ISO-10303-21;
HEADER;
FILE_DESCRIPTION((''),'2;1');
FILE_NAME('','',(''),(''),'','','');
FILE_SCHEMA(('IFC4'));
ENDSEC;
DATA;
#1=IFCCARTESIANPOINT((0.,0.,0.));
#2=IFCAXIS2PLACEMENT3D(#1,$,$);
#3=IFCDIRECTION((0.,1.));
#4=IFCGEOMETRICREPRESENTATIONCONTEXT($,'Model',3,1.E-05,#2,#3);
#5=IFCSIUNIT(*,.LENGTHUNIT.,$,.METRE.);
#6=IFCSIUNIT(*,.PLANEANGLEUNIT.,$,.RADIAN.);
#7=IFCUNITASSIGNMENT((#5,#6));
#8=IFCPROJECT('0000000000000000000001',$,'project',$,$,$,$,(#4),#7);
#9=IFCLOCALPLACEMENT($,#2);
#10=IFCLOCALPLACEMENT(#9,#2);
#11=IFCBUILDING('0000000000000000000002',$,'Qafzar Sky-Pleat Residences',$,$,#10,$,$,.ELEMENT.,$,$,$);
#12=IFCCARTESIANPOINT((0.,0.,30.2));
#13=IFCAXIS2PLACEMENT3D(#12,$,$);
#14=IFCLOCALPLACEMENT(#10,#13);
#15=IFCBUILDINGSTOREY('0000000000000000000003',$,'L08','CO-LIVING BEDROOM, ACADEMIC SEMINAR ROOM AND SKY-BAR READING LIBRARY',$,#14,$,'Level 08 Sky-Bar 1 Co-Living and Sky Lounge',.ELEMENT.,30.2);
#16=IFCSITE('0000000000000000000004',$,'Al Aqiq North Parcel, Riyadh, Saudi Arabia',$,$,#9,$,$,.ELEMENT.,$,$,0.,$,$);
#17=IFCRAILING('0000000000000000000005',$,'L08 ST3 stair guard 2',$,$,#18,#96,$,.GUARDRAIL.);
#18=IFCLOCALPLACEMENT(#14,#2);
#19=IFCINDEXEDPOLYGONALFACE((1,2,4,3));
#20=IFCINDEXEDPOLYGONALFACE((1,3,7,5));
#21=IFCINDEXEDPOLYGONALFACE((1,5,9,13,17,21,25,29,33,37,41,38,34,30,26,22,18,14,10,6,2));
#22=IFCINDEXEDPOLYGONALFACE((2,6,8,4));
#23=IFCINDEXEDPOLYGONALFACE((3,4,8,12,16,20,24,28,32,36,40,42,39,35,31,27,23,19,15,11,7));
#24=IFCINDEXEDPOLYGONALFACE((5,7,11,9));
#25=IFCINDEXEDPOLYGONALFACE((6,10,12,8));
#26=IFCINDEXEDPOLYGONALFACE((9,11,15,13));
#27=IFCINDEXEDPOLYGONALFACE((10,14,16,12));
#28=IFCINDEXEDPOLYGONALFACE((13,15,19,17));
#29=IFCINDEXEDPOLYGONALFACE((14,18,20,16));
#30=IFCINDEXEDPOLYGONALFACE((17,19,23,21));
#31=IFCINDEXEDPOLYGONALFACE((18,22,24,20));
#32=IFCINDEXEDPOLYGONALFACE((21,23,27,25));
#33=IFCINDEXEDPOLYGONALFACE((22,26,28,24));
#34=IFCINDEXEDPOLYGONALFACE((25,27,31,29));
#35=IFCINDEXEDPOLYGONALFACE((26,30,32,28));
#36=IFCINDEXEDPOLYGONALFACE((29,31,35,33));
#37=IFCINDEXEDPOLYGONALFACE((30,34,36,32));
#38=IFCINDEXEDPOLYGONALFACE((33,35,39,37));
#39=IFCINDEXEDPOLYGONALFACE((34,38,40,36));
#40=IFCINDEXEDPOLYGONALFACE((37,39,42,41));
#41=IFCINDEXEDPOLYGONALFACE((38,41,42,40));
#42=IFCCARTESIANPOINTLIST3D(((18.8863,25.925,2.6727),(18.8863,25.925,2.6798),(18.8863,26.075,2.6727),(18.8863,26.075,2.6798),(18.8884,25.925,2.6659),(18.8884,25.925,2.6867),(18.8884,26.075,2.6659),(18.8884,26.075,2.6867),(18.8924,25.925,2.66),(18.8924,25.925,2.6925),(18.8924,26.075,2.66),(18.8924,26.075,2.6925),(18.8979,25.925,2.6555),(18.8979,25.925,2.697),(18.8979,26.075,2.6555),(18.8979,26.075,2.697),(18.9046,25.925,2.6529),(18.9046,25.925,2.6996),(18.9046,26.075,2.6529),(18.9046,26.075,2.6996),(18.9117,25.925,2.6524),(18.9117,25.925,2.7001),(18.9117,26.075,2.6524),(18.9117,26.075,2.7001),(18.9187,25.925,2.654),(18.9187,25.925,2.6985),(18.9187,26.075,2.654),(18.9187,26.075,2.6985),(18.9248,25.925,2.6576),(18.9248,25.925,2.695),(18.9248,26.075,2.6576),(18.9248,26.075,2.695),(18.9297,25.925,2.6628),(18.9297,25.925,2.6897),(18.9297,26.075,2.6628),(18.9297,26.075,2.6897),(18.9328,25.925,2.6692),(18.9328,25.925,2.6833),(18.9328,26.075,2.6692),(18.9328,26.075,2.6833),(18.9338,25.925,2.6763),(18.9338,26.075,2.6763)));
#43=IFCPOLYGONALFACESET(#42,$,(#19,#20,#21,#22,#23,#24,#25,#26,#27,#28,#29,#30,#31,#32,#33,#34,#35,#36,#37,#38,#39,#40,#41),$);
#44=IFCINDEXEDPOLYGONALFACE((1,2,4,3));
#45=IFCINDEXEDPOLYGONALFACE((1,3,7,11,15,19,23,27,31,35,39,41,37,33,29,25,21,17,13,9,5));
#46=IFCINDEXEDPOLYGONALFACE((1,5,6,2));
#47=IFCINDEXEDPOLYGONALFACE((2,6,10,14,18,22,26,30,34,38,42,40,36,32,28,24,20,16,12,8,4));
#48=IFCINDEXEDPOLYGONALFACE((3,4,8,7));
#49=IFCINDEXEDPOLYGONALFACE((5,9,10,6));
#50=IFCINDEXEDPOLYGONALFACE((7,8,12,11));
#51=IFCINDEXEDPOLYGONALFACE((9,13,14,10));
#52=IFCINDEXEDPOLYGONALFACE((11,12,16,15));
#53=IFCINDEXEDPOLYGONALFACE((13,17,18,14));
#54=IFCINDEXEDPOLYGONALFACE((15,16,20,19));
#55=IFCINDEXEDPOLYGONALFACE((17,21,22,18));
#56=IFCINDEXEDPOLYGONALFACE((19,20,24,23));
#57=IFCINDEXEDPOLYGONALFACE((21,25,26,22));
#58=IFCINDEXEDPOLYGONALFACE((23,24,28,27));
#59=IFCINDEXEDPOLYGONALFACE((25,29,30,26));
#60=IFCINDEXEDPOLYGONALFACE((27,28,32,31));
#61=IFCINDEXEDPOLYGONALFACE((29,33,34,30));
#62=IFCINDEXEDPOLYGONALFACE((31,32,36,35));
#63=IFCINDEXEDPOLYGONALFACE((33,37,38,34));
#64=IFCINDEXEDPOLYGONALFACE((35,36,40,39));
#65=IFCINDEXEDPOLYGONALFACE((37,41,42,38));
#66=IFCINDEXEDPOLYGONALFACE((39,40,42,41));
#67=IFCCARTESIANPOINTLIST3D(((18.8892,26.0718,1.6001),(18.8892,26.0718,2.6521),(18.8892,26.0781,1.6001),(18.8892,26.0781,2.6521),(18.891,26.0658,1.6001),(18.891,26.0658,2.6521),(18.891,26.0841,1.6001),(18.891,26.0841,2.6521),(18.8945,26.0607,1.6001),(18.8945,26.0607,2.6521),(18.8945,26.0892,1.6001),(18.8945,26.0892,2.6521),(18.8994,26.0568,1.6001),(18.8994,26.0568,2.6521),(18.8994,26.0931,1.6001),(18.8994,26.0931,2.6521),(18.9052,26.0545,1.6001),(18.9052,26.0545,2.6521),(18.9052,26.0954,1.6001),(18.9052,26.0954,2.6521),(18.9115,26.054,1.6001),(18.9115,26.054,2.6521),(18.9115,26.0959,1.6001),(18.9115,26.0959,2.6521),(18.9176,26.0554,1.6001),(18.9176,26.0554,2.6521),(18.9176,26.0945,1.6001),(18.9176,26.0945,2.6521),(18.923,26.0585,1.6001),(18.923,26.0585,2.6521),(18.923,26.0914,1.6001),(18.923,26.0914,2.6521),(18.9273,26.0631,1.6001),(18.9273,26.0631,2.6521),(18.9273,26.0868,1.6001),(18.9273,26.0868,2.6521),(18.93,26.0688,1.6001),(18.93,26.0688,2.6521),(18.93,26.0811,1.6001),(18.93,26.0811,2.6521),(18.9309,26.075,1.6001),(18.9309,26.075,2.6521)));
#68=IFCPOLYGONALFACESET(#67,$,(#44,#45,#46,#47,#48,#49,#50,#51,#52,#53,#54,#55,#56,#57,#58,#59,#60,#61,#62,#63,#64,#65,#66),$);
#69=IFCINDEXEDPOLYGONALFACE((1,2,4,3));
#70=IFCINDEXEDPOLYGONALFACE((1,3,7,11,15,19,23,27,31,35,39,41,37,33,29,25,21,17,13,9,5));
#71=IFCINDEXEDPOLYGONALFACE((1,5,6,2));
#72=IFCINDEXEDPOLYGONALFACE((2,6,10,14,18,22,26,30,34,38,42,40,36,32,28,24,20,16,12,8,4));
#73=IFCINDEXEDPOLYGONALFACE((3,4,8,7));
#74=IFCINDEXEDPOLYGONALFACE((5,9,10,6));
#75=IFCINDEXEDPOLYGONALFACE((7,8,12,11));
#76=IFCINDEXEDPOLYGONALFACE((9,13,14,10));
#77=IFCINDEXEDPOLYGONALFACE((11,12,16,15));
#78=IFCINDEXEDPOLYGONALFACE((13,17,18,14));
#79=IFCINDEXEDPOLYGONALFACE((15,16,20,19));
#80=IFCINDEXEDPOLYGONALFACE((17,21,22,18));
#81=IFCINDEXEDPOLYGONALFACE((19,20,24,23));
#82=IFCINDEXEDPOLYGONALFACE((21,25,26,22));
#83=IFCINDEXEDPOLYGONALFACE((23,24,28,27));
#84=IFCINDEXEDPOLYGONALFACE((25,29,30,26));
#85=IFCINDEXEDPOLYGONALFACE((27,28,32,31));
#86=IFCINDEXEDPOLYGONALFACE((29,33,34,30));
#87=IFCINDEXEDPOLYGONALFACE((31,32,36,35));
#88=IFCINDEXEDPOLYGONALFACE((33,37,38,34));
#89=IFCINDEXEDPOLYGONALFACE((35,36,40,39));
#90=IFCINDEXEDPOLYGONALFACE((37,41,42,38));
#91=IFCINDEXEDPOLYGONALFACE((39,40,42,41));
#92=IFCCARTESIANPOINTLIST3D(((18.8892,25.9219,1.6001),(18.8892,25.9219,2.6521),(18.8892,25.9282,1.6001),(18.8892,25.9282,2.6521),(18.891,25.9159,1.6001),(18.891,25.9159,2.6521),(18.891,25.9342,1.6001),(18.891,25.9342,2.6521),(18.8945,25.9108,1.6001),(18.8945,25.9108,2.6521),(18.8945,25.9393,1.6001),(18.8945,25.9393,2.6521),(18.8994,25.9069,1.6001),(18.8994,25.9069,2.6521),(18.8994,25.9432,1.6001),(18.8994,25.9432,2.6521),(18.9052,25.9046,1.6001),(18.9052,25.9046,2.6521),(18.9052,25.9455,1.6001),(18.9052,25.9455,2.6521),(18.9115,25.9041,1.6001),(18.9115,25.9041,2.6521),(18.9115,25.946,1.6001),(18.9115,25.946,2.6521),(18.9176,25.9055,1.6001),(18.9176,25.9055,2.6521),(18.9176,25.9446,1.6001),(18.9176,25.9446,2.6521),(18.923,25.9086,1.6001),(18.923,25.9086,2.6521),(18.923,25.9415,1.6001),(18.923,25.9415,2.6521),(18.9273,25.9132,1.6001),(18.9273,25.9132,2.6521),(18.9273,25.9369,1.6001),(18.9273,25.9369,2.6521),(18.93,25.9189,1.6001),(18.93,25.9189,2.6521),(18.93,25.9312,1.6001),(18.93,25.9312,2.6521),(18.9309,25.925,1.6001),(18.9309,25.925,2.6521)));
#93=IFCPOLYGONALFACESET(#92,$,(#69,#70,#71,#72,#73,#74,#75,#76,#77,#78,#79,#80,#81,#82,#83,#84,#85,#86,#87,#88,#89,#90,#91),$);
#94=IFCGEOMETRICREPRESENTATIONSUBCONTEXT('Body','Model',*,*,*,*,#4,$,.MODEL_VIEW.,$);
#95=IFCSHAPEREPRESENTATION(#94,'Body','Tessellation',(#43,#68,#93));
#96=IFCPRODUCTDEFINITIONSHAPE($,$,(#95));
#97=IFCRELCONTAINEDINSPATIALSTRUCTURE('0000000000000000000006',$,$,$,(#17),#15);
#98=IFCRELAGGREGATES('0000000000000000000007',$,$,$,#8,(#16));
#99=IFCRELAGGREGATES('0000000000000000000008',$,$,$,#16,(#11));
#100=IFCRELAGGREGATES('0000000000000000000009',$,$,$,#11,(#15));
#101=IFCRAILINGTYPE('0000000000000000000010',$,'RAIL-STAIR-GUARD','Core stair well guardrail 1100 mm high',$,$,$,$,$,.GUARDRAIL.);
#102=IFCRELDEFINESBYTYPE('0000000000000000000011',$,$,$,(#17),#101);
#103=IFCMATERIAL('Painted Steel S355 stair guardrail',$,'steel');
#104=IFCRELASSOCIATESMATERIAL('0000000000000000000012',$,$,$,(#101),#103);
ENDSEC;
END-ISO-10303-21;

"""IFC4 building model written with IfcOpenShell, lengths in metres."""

from ifc_helpers import new_model, si_unit, direction, frame, origin, origin_2d, place, context, subcontext, project, spatial, circle, extrude, source, transform, mapped, material, type_object, element, save


model = new_model("IFC4")

# Units and contexts
model_context = context("Model", 3, precision=1e-05, world=origin(), true_north=direction((0.0, 1.0)))
body_context = subcontext(model_context, "Body", "Model", "MODEL_VIEW")
ifc_project = project(units=[si_unit("LENGTHUNIT", "METRE"), si_unit("PLANEANGLEUNIT", "RADIAN")], contexts=[model_context])

# Site, building, storey
site_placement = place(None, origin())
site = spatial("IfcSite", under=ifc_project, at=site_placement, Name="Al Aqiq North Parcel, Riyadh, Saudi Arabia", CompositionType="ELEMENT", RefElevation=0.0)
building_placement = place(site_placement, origin())
building = spatial("IfcBuilding", under=site, at=building_placement, Name="Qafzar Sky-Pleat Residences", CompositionType="ELEMENT")
storey_placement = place(building_placement, frame((0.0, 0.0, 30.2)))
storey = spatial("IfcBuildingStorey", under=building, at=storey_placement, Name="L08", Description="CO-LIVING BEDROOM, ACADEMIC SEMINAR ROOM AND SKY-BAR READING LIBRARY", LongName="Level 08 Sky-Bar 1 Co-Living and Sky Lounge", CompositionType="ELEMENT", Elevation=30.2)

# Railing
ifc_material_1 = material(Name="Painted Steel S355 stair guardrail", Category="steel")
railing_type_1 = type_object("IfcRailingType", Name="RAIL-STAIR-GUARD", Description="Core stair well guardrail 1100 mm high", PredefinedType="GUARDRAIL", material=ifc_material_1)
shared_shape_1 = source(origin(), body_context, "Body", "SweptSolid", [
    extrude(circle(Radius=0.0239, at=origin_2d()), frame((0.0, 0.0, 1.0762), z_axis=(0.0, -1.0, 0.0), x_axis=(1.0, 0.0, 0.0)), (0.0, 0.0, 1.0), 0.1499),
    extrude(circle(Radius=0.021, at=origin_2d()), origin(), (0.0, 0.0, 1.0), 1.052),
    extrude(circle(Radius=0.021, at=origin_2d()), frame((0.0, -0.1499, 0.0)), (0.0, 0.0, 1.0), 1.052),
])
railing_1_placement = place(storey_placement, frame((18.9099, 26.075, 1.6001)))
element("IfcRailing", 1, at=railing_1_placement, inside=storey, type_object=railing_type_1, Name="L08 ST3 stair guard 2", PredefinedType="GUARDRAIL", context=body_context, shape_type="MappedRepresentation", body=[
    mapped(shared_shape_1, transform((0.0, 0.0, 0.0), x_axis=(1.0, 0.0, 0.0), y_axis=(0.0, 1.0, 0.0), z_axis=(0.0, 0.0, 1.0), scale=1.0)),
])

save(model, "model.ifc")
